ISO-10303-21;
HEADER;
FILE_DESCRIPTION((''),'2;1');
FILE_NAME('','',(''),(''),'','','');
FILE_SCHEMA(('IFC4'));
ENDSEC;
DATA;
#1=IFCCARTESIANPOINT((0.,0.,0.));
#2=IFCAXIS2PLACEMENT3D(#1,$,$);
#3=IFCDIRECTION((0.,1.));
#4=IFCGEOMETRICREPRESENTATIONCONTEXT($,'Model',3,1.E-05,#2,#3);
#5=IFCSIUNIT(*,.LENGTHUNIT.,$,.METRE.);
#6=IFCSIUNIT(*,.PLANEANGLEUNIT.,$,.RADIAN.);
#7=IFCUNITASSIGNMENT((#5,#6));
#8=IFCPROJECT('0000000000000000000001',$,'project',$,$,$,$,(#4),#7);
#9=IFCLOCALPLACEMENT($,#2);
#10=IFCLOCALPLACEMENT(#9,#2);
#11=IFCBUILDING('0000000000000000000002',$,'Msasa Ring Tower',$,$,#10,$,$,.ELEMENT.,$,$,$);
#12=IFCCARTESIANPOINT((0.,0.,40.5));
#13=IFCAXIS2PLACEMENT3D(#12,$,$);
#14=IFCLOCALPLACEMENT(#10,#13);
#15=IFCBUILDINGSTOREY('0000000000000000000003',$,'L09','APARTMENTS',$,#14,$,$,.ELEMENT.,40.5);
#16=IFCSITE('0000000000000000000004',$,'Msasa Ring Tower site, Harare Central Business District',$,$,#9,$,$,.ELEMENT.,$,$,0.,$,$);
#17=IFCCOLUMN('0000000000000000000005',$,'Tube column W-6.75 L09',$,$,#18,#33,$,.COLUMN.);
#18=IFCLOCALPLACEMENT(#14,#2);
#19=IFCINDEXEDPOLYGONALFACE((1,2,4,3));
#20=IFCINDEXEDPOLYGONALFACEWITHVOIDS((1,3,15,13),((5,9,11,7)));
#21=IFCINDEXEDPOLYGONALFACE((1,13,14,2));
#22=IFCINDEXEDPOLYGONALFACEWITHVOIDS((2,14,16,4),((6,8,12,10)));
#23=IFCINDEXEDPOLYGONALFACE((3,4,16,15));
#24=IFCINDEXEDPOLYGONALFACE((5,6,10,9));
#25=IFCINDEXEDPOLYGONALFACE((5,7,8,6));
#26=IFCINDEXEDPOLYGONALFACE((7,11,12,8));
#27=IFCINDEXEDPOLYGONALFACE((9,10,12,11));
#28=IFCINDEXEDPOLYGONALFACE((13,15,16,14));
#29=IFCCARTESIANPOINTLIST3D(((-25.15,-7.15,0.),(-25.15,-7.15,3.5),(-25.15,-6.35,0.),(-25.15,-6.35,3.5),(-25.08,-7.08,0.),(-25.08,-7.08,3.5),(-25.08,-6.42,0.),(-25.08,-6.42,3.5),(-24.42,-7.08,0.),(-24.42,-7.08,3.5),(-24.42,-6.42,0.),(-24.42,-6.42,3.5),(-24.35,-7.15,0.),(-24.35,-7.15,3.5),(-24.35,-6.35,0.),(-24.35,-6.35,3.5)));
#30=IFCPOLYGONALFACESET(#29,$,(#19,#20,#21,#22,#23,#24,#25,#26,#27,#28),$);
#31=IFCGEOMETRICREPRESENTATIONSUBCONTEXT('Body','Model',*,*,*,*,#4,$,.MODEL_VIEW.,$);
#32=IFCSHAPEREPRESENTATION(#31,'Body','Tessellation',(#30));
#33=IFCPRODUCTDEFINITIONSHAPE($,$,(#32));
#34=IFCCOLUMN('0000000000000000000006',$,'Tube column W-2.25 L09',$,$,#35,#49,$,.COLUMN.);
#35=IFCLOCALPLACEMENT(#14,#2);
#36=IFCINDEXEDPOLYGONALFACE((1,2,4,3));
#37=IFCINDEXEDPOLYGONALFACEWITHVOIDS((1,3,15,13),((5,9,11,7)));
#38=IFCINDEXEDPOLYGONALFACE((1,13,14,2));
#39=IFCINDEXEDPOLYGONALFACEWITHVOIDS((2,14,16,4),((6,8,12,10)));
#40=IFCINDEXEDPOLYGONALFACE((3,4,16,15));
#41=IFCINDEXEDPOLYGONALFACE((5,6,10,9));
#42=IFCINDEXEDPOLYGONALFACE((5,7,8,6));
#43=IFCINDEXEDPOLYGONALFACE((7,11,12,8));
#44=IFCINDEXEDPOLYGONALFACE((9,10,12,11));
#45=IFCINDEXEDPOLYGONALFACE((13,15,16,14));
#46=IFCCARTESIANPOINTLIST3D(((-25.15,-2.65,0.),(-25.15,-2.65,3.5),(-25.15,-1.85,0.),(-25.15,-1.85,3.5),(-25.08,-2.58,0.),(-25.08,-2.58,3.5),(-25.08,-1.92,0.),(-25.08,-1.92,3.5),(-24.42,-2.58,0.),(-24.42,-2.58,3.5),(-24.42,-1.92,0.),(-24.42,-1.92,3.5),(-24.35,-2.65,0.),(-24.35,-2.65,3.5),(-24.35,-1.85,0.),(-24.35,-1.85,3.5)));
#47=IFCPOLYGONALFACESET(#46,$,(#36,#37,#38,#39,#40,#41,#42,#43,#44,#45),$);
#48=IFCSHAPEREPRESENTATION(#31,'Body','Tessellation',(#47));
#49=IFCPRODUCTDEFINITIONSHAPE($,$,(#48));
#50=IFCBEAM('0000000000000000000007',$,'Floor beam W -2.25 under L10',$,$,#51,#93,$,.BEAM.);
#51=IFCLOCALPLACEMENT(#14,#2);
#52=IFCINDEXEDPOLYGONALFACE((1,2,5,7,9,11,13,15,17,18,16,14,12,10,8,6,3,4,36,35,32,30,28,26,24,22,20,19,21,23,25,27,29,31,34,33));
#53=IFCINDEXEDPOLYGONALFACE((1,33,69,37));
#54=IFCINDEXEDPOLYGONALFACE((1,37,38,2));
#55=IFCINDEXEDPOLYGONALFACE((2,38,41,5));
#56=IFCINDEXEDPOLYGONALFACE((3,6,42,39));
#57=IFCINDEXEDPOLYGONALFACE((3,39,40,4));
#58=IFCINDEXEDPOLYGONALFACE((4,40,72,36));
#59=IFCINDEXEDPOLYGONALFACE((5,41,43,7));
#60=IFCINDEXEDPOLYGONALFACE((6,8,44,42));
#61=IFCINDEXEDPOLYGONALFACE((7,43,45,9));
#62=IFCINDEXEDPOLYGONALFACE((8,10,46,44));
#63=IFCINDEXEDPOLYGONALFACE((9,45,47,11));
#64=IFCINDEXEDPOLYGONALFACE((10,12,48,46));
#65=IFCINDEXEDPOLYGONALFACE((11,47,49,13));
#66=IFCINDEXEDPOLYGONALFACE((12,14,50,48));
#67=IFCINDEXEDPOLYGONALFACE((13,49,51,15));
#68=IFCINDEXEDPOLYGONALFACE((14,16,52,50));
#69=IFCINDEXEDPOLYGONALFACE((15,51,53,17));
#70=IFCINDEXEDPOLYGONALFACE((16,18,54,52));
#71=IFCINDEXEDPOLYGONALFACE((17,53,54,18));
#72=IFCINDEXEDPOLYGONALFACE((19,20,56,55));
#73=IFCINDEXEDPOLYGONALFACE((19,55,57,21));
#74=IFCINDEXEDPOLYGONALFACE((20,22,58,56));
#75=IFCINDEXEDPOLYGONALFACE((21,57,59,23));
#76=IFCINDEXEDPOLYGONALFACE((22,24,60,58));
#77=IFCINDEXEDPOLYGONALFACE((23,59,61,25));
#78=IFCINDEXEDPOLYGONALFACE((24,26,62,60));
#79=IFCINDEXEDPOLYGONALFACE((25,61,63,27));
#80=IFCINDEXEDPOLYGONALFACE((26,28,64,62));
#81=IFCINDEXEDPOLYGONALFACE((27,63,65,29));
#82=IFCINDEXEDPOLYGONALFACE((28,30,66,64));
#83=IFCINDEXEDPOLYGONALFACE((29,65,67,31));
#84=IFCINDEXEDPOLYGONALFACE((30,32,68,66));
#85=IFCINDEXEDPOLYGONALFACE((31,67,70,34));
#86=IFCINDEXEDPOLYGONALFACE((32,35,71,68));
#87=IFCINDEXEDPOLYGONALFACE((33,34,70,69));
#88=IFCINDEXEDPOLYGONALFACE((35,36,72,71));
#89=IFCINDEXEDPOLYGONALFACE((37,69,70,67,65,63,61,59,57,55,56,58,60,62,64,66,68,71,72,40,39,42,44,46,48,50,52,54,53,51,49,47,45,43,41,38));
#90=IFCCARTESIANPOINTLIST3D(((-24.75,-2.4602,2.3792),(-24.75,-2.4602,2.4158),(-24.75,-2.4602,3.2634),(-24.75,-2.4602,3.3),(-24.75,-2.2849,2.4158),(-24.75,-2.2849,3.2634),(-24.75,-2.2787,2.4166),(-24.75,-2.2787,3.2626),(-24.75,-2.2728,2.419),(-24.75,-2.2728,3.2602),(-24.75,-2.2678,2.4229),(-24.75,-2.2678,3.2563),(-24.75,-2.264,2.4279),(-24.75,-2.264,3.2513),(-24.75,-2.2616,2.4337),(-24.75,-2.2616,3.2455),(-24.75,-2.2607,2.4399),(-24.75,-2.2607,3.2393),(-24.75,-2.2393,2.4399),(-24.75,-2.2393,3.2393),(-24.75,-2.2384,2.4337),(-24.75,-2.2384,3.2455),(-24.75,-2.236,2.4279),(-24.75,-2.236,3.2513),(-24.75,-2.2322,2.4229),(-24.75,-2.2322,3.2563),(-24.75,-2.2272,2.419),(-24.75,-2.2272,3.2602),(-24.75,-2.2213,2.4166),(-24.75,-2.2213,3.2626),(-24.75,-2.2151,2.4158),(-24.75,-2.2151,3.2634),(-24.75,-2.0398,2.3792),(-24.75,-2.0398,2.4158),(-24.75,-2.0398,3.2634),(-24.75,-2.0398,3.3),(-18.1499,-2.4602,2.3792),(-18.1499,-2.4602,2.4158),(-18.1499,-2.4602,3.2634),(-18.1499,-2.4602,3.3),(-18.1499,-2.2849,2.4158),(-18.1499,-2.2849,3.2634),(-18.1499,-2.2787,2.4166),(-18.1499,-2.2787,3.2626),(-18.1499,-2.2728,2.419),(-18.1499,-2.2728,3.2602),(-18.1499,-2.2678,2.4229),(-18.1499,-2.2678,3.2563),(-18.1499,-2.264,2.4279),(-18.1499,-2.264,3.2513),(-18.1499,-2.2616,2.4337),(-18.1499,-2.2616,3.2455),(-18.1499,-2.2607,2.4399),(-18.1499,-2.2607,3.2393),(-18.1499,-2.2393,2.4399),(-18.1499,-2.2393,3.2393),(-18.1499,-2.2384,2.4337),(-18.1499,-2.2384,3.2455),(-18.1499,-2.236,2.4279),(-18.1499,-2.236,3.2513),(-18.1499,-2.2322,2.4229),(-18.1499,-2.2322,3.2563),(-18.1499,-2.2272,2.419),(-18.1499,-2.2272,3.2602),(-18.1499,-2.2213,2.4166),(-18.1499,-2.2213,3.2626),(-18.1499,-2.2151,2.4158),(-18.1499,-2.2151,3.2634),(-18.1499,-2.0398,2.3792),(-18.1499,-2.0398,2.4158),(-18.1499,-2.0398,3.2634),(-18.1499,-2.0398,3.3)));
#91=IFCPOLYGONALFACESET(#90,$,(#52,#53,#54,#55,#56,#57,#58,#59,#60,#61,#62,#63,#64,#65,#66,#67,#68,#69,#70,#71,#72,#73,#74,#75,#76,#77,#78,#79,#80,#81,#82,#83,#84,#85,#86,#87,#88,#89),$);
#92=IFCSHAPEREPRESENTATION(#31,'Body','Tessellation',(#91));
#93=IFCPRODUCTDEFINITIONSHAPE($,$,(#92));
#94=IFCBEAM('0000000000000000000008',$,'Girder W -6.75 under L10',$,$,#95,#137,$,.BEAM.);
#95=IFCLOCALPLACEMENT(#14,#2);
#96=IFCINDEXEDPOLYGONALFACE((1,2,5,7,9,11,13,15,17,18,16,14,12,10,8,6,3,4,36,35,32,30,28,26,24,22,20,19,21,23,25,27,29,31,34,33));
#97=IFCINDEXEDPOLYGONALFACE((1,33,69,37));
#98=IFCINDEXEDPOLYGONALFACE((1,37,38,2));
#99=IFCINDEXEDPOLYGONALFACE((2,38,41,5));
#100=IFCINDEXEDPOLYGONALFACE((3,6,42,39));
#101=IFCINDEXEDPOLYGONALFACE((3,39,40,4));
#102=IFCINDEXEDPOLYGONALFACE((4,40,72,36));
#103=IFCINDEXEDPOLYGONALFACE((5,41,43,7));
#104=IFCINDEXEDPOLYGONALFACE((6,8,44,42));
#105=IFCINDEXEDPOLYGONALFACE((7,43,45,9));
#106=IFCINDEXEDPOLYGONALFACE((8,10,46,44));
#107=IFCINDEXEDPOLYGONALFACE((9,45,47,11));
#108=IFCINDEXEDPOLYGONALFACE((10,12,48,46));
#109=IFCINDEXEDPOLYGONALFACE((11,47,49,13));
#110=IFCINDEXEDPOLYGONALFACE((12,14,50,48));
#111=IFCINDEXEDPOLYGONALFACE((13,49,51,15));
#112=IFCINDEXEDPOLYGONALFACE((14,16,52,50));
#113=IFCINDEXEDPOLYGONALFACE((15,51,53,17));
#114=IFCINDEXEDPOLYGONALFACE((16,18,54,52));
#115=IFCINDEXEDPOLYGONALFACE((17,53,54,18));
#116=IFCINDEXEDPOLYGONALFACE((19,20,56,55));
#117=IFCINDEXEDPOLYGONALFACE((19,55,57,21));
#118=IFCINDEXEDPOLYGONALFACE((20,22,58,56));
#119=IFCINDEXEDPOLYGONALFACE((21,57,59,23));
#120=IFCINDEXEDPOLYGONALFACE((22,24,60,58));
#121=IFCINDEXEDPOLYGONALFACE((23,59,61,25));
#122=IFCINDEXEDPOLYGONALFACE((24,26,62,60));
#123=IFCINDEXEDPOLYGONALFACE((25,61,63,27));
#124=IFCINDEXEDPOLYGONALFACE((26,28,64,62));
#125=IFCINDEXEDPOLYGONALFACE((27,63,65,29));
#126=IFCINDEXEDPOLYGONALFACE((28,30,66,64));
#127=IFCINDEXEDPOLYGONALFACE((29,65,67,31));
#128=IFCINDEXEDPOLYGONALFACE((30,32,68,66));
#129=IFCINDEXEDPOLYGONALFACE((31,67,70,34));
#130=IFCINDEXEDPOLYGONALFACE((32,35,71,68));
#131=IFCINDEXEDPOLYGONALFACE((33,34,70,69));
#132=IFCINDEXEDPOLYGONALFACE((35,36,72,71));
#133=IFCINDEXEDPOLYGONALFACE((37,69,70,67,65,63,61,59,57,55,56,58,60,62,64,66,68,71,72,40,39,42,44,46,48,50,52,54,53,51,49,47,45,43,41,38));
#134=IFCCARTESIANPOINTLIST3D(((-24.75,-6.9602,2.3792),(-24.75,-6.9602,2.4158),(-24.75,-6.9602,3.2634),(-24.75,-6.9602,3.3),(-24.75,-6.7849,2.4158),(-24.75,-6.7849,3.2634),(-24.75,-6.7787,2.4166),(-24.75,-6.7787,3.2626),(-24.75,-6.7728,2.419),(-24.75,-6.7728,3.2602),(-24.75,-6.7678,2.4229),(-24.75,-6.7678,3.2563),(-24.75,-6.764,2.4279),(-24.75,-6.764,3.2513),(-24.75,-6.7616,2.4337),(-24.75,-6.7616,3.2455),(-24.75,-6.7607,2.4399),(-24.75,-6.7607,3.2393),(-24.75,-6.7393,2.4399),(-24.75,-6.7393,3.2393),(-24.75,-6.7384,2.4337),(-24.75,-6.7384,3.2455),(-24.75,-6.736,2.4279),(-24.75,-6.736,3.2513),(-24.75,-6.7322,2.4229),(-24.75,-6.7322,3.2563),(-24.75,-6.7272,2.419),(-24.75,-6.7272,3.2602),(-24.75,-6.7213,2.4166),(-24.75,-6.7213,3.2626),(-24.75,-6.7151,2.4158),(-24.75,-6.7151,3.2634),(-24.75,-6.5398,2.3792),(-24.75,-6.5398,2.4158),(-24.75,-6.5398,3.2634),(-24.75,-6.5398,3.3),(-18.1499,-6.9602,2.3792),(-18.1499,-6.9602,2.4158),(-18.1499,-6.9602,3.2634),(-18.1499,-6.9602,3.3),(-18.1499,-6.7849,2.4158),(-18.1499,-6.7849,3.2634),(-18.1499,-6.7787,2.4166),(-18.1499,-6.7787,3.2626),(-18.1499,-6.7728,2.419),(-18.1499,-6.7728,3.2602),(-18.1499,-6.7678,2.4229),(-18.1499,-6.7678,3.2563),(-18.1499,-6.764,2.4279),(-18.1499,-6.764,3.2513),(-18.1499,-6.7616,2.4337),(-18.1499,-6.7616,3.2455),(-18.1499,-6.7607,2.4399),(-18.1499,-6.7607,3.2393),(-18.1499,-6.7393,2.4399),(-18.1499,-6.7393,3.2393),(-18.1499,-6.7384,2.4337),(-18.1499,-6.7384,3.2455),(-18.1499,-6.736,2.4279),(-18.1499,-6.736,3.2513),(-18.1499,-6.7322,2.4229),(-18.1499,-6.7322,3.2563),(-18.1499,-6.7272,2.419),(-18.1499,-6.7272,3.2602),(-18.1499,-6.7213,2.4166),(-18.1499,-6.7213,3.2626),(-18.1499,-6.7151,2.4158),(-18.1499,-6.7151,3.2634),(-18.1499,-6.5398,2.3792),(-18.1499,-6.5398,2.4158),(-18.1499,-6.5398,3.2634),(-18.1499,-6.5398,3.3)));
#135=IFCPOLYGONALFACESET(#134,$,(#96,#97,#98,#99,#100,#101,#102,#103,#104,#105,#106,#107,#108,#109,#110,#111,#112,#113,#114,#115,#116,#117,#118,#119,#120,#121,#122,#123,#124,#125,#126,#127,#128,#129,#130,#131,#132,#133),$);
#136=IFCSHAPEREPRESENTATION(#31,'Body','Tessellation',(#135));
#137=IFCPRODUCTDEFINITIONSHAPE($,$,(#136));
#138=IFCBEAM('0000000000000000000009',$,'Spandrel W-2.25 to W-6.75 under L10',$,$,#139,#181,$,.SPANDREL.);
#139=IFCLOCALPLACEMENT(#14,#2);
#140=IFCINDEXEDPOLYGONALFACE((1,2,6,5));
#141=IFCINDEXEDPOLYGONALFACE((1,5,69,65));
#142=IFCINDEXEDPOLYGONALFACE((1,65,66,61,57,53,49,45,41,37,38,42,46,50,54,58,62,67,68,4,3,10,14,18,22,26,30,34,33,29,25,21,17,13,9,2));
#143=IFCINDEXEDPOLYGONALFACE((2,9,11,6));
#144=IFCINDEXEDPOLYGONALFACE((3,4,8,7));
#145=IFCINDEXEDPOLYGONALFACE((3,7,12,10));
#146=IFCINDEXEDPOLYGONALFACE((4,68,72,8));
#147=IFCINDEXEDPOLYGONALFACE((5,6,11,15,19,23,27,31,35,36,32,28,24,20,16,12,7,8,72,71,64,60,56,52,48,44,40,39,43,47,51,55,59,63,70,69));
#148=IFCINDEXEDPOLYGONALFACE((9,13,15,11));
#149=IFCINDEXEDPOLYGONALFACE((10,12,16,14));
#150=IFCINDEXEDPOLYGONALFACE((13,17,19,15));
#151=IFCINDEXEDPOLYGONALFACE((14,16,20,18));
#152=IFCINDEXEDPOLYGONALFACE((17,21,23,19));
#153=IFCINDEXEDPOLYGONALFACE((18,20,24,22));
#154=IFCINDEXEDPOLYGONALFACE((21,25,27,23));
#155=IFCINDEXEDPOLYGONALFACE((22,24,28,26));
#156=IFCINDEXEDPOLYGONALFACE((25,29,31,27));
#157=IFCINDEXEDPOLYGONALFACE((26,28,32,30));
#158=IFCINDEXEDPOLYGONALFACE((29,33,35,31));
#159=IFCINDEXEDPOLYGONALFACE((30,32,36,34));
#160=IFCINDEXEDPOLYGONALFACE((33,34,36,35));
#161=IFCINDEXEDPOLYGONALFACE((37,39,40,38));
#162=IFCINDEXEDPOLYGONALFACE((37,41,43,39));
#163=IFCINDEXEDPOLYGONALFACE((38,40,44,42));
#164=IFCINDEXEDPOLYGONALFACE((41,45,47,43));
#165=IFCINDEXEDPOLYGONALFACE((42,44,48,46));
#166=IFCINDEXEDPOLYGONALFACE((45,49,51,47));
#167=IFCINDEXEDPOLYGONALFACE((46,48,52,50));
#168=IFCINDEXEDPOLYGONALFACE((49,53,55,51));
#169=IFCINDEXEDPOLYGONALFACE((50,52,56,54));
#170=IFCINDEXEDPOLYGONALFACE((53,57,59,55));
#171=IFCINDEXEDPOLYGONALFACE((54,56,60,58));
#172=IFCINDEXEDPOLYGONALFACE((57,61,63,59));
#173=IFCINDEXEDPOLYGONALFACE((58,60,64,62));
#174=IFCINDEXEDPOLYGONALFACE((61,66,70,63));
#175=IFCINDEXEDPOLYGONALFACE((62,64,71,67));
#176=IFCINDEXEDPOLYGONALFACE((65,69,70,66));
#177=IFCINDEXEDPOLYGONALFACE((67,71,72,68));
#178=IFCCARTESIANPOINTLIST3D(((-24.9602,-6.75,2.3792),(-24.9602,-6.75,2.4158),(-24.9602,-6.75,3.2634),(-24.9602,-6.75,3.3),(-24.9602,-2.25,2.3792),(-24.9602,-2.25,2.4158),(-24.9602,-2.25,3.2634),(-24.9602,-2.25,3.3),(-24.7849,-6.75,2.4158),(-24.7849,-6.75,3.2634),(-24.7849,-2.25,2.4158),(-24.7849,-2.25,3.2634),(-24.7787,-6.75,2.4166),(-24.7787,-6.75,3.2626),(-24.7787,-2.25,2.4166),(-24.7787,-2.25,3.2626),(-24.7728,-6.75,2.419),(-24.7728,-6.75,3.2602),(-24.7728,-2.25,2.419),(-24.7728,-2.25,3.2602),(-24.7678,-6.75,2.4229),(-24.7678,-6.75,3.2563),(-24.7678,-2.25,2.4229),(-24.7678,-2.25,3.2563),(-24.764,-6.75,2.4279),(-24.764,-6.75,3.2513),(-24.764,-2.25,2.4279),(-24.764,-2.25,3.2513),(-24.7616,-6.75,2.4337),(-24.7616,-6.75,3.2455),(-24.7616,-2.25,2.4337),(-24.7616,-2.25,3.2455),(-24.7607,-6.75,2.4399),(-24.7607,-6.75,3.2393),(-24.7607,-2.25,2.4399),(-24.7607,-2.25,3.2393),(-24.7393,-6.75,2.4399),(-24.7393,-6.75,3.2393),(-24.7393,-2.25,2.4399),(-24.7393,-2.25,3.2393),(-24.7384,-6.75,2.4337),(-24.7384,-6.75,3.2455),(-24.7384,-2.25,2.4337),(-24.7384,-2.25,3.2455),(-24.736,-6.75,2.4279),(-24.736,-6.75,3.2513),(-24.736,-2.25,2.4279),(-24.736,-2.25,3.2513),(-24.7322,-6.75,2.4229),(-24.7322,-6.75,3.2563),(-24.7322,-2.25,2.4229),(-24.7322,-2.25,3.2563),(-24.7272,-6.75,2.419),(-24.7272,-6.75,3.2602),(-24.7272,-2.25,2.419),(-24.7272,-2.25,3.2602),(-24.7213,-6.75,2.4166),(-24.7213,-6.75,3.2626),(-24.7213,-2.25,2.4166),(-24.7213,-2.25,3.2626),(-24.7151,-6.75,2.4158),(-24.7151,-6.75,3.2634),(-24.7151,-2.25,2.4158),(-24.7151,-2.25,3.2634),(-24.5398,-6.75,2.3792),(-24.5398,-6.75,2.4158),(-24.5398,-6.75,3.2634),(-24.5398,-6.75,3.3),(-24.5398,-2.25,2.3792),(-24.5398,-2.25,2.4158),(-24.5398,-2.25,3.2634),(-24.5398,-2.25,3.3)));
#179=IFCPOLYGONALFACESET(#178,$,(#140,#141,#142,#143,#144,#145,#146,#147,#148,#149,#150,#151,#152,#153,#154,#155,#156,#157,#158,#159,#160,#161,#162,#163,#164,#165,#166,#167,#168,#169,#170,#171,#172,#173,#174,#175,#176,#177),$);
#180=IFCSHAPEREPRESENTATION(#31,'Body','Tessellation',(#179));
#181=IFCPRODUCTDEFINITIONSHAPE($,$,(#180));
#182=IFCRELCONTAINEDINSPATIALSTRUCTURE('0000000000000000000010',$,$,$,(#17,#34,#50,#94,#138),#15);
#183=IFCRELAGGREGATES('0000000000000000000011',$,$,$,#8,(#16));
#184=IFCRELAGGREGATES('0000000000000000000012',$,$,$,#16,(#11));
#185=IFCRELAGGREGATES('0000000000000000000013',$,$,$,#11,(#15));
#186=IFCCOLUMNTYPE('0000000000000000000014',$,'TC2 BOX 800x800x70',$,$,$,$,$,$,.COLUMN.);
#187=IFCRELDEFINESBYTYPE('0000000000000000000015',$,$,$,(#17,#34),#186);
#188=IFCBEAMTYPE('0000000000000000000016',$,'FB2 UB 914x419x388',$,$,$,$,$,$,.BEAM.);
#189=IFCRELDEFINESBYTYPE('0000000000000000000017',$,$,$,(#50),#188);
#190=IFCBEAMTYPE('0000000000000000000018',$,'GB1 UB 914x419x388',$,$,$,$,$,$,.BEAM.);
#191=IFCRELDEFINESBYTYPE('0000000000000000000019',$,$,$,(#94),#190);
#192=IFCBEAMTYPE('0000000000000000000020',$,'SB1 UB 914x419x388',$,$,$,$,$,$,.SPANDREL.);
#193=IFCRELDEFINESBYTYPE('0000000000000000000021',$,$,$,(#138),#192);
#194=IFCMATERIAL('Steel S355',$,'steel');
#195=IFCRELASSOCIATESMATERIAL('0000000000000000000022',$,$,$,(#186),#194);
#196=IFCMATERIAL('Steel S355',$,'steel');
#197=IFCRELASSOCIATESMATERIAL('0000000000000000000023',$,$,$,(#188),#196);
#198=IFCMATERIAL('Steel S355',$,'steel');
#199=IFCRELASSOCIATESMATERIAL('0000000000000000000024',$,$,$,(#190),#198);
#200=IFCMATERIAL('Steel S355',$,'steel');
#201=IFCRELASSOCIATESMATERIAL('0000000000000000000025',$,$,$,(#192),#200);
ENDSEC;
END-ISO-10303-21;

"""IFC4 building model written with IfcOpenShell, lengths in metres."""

from ifc_helpers import new_model, si_unit, direction, frame, origin, origin_2d, place, context, subcontext, project, spatial, hollow_rectangle, i_section, extrude, material, material_profile, profile_set, type_object, element, save


model = new_model("IFC4")

# Units and contexts
model_context = context("Model", 3, precision=1e-05, world=origin(), true_north=direction((0.0, 1.0)))
body_context = subcontext(model_context, "Body", "Model", "MODEL_VIEW")
ifc_project = project(units=[si_unit("LENGTHUNIT", "METRE"), si_unit("PLANEANGLEUNIT", "RADIAN")], contexts=[model_context])

# Site, building, storey
site_placement = place(None, origin())
site = spatial("IfcSite", under=ifc_project, at=site_placement, Name="Msasa Ring Tower site, Harare Central Business District", CompositionType="ELEMENT", RefElevation=0.0)
building_placement = place(site_placement, origin())
building = spatial("IfcBuilding", under=site, at=building_placement, Name="Msasa Ring Tower", CompositionType="ELEMENT")
storey_placement = place(building_placement, frame((0.0, 0.0, 40.5)))
storey = spatial("IfcBuildingStorey", under=building, at=storey_placement, Name="L09", Description="APARTMENTS", CompositionType="ELEMENT", Elevation=40.5)

# Columns
ifc_material_1 = material(Name="Steel S355", Category="steel")
ifc_material_profile_1 = material_profile(ifc_material_1, hollow_rectangle(XDim=0.8, YDim=0.8, WallThickness=0.0701, at=origin_2d()), Name="BOX 800x800x70")
ifc_profile_set_1 = profile_set([ifc_material_profile_1], Name="Steel S355")
column_type = type_object("IfcColumnType", Name="TC2 BOX 800x800x70", PredefinedType="COLUMN", material=ifc_profile_set_1)
for number, where, z_axis, x_axis, name in (
    (1, (-24.75, -6.75, 0.0), (0.0, 0.0, 1.0), (1.0, 0.0, 0.0), "Tube column W-6.75 L09"),
    (2, (-24.75, -2.25, 0.0), (0.0, 0.0, 1.0), (1.0, 0.0, 0.0), "Tube column W-2.25 L09"),
):
    element("IfcColumn", number, at=place(storey_placement, frame(where, z_axis=z_axis, x_axis=x_axis)), inside=storey, type_object=column_type, Name=name, PredefinedType="COLUMN", context=body_context, shape_type="SweptSolid", body=[
        extrude(hollow_rectangle(XDim=0.8, YDim=0.8, WallThickness=0.0701, at=origin_2d()), origin(), (0.0, 0.0, 1.0), 3.5),
    ])

# Beams
ifc_material_2 = material(Name="Steel S355", Category="steel")
ifc_material_profile_2 = material_profile(ifc_material_2, i_section(OverallWidth=0.4204, OverallDepth=0.9209, WebThickness=0.0215, FlangeThickness=0.0366, FilletRadius=0.0242, at=origin_2d()), Name="UB 914x419x388")
ifc_profile_set_2 = profile_set([ifc_material_profile_2], Name="Steel S355")
beam_type_1 = type_object("IfcBeamType", Name="FB2 UB 914x419x388", PredefinedType="BEAM", material=ifc_profile_set_2)
beam_1_placement = place(storey_placement, frame((-24.75, -2.25, 2.8396), z_axis=(1.0, 0.0, 0.0), x_axis=(0.0, 1.0, 0.0)))
element("IfcBeam", 3, at=beam_1_placement, inside=storey, type_object=beam_type_1, Name="Floor beam W -2.25 under L10", PredefinedType="BEAM", context=body_context, shape_type="SweptSolid", body=[
    extrude(i_section(OverallWidth=0.4204, OverallDepth=0.9209, WebThickness=0.0215, FlangeThickness=0.0366, FilletRadius=0.0242, at=origin_2d()), origin(), (0.0, 0.0, 1.0), 6.6001),
])
ifc_material_3 = material(Name="Steel S355", Category="steel")
ifc_material_profile_3 = material_profile(ifc_material_3, i_section(OverallWidth=0.4204, OverallDepth=0.9209, WebThickness=0.0215, FlangeThickness=0.0366, FilletRadius=0.0242, at=origin_2d()), Name="UB 914x419x388")
ifc_profile_set_3 = profile_set([ifc_material_profile_3], Name="Steel S355")
beam_type_2 = type_object("IfcBeamType", Name="GB1 UB 914x419x388", PredefinedType="BEAM", material=ifc_profile_set_3)
beam_2_placement = place(storey_placement, frame((-18.1499, -6.75, 2.8396), z_axis=(-1.0, 0.0, 0.0), x_axis=(0.0, -1.0, 0.0)))
element("IfcBeam", 4, at=beam_2_placement, inside=storey, type_object=beam_type_2, Name="Girder W -6.75 under L10", PredefinedType="BEAM", context=body_context, shape_type="SweptSolid", body=[
    extrude(i_section(OverallWidth=0.4204, OverallDepth=0.9209, WebThickness=0.0215, FlangeThickness=0.0366, FilletRadius=0.0242, at=origin_2d()), origin(), (0.0, 0.0, 1.0), 6.6001),
])
ifc_material_4 = material(Name="Steel S355", Category="steel")
ifc_material_profile_4 = material_profile(ifc_material_4, i_section(OverallWidth=0.4204, OverallDepth=0.9209, WebThickness=0.0215, FlangeThickness=0.0366, FilletRadius=0.0242, at=origin_2d()), Name="UB 914x419x388")
ifc_profile_set_4 = profile_set([ifc_material_profile_4], Name="Steel S355")
beam_type_3 = type_object("IfcBeamType", Name="SB1 UB 914x419x388", PredefinedType="SPANDREL", material=ifc_profile_set_4)
for number, where, z_axis, x_axis, name in (
    (5, (-24.75, -2.25, 2.8396), (0.0, -1.0, 0.0), (1.0, 0.0, 0.0), "Spandrel W-2.25 to W-6.75 under L10"),
):
    element("IfcBeam", number, at=place(storey_placement, frame(where, z_axis=z_axis, x_axis=x_axis)), inside=storey, type_object=beam_type_3, Name=name, PredefinedType="SPANDREL", context=body_context, shape_type="SweptSolid", body=[
        extrude(i_section(OverallWidth=0.4204, OverallDepth=0.9209, WebThickness=0.0215, FlangeThickness=0.0366, FilletRadius=0.0242, at=origin_2d()), origin(), (0.0, 0.0, 1.0), 4.5),
    ])

save(model, "model.ifc")
